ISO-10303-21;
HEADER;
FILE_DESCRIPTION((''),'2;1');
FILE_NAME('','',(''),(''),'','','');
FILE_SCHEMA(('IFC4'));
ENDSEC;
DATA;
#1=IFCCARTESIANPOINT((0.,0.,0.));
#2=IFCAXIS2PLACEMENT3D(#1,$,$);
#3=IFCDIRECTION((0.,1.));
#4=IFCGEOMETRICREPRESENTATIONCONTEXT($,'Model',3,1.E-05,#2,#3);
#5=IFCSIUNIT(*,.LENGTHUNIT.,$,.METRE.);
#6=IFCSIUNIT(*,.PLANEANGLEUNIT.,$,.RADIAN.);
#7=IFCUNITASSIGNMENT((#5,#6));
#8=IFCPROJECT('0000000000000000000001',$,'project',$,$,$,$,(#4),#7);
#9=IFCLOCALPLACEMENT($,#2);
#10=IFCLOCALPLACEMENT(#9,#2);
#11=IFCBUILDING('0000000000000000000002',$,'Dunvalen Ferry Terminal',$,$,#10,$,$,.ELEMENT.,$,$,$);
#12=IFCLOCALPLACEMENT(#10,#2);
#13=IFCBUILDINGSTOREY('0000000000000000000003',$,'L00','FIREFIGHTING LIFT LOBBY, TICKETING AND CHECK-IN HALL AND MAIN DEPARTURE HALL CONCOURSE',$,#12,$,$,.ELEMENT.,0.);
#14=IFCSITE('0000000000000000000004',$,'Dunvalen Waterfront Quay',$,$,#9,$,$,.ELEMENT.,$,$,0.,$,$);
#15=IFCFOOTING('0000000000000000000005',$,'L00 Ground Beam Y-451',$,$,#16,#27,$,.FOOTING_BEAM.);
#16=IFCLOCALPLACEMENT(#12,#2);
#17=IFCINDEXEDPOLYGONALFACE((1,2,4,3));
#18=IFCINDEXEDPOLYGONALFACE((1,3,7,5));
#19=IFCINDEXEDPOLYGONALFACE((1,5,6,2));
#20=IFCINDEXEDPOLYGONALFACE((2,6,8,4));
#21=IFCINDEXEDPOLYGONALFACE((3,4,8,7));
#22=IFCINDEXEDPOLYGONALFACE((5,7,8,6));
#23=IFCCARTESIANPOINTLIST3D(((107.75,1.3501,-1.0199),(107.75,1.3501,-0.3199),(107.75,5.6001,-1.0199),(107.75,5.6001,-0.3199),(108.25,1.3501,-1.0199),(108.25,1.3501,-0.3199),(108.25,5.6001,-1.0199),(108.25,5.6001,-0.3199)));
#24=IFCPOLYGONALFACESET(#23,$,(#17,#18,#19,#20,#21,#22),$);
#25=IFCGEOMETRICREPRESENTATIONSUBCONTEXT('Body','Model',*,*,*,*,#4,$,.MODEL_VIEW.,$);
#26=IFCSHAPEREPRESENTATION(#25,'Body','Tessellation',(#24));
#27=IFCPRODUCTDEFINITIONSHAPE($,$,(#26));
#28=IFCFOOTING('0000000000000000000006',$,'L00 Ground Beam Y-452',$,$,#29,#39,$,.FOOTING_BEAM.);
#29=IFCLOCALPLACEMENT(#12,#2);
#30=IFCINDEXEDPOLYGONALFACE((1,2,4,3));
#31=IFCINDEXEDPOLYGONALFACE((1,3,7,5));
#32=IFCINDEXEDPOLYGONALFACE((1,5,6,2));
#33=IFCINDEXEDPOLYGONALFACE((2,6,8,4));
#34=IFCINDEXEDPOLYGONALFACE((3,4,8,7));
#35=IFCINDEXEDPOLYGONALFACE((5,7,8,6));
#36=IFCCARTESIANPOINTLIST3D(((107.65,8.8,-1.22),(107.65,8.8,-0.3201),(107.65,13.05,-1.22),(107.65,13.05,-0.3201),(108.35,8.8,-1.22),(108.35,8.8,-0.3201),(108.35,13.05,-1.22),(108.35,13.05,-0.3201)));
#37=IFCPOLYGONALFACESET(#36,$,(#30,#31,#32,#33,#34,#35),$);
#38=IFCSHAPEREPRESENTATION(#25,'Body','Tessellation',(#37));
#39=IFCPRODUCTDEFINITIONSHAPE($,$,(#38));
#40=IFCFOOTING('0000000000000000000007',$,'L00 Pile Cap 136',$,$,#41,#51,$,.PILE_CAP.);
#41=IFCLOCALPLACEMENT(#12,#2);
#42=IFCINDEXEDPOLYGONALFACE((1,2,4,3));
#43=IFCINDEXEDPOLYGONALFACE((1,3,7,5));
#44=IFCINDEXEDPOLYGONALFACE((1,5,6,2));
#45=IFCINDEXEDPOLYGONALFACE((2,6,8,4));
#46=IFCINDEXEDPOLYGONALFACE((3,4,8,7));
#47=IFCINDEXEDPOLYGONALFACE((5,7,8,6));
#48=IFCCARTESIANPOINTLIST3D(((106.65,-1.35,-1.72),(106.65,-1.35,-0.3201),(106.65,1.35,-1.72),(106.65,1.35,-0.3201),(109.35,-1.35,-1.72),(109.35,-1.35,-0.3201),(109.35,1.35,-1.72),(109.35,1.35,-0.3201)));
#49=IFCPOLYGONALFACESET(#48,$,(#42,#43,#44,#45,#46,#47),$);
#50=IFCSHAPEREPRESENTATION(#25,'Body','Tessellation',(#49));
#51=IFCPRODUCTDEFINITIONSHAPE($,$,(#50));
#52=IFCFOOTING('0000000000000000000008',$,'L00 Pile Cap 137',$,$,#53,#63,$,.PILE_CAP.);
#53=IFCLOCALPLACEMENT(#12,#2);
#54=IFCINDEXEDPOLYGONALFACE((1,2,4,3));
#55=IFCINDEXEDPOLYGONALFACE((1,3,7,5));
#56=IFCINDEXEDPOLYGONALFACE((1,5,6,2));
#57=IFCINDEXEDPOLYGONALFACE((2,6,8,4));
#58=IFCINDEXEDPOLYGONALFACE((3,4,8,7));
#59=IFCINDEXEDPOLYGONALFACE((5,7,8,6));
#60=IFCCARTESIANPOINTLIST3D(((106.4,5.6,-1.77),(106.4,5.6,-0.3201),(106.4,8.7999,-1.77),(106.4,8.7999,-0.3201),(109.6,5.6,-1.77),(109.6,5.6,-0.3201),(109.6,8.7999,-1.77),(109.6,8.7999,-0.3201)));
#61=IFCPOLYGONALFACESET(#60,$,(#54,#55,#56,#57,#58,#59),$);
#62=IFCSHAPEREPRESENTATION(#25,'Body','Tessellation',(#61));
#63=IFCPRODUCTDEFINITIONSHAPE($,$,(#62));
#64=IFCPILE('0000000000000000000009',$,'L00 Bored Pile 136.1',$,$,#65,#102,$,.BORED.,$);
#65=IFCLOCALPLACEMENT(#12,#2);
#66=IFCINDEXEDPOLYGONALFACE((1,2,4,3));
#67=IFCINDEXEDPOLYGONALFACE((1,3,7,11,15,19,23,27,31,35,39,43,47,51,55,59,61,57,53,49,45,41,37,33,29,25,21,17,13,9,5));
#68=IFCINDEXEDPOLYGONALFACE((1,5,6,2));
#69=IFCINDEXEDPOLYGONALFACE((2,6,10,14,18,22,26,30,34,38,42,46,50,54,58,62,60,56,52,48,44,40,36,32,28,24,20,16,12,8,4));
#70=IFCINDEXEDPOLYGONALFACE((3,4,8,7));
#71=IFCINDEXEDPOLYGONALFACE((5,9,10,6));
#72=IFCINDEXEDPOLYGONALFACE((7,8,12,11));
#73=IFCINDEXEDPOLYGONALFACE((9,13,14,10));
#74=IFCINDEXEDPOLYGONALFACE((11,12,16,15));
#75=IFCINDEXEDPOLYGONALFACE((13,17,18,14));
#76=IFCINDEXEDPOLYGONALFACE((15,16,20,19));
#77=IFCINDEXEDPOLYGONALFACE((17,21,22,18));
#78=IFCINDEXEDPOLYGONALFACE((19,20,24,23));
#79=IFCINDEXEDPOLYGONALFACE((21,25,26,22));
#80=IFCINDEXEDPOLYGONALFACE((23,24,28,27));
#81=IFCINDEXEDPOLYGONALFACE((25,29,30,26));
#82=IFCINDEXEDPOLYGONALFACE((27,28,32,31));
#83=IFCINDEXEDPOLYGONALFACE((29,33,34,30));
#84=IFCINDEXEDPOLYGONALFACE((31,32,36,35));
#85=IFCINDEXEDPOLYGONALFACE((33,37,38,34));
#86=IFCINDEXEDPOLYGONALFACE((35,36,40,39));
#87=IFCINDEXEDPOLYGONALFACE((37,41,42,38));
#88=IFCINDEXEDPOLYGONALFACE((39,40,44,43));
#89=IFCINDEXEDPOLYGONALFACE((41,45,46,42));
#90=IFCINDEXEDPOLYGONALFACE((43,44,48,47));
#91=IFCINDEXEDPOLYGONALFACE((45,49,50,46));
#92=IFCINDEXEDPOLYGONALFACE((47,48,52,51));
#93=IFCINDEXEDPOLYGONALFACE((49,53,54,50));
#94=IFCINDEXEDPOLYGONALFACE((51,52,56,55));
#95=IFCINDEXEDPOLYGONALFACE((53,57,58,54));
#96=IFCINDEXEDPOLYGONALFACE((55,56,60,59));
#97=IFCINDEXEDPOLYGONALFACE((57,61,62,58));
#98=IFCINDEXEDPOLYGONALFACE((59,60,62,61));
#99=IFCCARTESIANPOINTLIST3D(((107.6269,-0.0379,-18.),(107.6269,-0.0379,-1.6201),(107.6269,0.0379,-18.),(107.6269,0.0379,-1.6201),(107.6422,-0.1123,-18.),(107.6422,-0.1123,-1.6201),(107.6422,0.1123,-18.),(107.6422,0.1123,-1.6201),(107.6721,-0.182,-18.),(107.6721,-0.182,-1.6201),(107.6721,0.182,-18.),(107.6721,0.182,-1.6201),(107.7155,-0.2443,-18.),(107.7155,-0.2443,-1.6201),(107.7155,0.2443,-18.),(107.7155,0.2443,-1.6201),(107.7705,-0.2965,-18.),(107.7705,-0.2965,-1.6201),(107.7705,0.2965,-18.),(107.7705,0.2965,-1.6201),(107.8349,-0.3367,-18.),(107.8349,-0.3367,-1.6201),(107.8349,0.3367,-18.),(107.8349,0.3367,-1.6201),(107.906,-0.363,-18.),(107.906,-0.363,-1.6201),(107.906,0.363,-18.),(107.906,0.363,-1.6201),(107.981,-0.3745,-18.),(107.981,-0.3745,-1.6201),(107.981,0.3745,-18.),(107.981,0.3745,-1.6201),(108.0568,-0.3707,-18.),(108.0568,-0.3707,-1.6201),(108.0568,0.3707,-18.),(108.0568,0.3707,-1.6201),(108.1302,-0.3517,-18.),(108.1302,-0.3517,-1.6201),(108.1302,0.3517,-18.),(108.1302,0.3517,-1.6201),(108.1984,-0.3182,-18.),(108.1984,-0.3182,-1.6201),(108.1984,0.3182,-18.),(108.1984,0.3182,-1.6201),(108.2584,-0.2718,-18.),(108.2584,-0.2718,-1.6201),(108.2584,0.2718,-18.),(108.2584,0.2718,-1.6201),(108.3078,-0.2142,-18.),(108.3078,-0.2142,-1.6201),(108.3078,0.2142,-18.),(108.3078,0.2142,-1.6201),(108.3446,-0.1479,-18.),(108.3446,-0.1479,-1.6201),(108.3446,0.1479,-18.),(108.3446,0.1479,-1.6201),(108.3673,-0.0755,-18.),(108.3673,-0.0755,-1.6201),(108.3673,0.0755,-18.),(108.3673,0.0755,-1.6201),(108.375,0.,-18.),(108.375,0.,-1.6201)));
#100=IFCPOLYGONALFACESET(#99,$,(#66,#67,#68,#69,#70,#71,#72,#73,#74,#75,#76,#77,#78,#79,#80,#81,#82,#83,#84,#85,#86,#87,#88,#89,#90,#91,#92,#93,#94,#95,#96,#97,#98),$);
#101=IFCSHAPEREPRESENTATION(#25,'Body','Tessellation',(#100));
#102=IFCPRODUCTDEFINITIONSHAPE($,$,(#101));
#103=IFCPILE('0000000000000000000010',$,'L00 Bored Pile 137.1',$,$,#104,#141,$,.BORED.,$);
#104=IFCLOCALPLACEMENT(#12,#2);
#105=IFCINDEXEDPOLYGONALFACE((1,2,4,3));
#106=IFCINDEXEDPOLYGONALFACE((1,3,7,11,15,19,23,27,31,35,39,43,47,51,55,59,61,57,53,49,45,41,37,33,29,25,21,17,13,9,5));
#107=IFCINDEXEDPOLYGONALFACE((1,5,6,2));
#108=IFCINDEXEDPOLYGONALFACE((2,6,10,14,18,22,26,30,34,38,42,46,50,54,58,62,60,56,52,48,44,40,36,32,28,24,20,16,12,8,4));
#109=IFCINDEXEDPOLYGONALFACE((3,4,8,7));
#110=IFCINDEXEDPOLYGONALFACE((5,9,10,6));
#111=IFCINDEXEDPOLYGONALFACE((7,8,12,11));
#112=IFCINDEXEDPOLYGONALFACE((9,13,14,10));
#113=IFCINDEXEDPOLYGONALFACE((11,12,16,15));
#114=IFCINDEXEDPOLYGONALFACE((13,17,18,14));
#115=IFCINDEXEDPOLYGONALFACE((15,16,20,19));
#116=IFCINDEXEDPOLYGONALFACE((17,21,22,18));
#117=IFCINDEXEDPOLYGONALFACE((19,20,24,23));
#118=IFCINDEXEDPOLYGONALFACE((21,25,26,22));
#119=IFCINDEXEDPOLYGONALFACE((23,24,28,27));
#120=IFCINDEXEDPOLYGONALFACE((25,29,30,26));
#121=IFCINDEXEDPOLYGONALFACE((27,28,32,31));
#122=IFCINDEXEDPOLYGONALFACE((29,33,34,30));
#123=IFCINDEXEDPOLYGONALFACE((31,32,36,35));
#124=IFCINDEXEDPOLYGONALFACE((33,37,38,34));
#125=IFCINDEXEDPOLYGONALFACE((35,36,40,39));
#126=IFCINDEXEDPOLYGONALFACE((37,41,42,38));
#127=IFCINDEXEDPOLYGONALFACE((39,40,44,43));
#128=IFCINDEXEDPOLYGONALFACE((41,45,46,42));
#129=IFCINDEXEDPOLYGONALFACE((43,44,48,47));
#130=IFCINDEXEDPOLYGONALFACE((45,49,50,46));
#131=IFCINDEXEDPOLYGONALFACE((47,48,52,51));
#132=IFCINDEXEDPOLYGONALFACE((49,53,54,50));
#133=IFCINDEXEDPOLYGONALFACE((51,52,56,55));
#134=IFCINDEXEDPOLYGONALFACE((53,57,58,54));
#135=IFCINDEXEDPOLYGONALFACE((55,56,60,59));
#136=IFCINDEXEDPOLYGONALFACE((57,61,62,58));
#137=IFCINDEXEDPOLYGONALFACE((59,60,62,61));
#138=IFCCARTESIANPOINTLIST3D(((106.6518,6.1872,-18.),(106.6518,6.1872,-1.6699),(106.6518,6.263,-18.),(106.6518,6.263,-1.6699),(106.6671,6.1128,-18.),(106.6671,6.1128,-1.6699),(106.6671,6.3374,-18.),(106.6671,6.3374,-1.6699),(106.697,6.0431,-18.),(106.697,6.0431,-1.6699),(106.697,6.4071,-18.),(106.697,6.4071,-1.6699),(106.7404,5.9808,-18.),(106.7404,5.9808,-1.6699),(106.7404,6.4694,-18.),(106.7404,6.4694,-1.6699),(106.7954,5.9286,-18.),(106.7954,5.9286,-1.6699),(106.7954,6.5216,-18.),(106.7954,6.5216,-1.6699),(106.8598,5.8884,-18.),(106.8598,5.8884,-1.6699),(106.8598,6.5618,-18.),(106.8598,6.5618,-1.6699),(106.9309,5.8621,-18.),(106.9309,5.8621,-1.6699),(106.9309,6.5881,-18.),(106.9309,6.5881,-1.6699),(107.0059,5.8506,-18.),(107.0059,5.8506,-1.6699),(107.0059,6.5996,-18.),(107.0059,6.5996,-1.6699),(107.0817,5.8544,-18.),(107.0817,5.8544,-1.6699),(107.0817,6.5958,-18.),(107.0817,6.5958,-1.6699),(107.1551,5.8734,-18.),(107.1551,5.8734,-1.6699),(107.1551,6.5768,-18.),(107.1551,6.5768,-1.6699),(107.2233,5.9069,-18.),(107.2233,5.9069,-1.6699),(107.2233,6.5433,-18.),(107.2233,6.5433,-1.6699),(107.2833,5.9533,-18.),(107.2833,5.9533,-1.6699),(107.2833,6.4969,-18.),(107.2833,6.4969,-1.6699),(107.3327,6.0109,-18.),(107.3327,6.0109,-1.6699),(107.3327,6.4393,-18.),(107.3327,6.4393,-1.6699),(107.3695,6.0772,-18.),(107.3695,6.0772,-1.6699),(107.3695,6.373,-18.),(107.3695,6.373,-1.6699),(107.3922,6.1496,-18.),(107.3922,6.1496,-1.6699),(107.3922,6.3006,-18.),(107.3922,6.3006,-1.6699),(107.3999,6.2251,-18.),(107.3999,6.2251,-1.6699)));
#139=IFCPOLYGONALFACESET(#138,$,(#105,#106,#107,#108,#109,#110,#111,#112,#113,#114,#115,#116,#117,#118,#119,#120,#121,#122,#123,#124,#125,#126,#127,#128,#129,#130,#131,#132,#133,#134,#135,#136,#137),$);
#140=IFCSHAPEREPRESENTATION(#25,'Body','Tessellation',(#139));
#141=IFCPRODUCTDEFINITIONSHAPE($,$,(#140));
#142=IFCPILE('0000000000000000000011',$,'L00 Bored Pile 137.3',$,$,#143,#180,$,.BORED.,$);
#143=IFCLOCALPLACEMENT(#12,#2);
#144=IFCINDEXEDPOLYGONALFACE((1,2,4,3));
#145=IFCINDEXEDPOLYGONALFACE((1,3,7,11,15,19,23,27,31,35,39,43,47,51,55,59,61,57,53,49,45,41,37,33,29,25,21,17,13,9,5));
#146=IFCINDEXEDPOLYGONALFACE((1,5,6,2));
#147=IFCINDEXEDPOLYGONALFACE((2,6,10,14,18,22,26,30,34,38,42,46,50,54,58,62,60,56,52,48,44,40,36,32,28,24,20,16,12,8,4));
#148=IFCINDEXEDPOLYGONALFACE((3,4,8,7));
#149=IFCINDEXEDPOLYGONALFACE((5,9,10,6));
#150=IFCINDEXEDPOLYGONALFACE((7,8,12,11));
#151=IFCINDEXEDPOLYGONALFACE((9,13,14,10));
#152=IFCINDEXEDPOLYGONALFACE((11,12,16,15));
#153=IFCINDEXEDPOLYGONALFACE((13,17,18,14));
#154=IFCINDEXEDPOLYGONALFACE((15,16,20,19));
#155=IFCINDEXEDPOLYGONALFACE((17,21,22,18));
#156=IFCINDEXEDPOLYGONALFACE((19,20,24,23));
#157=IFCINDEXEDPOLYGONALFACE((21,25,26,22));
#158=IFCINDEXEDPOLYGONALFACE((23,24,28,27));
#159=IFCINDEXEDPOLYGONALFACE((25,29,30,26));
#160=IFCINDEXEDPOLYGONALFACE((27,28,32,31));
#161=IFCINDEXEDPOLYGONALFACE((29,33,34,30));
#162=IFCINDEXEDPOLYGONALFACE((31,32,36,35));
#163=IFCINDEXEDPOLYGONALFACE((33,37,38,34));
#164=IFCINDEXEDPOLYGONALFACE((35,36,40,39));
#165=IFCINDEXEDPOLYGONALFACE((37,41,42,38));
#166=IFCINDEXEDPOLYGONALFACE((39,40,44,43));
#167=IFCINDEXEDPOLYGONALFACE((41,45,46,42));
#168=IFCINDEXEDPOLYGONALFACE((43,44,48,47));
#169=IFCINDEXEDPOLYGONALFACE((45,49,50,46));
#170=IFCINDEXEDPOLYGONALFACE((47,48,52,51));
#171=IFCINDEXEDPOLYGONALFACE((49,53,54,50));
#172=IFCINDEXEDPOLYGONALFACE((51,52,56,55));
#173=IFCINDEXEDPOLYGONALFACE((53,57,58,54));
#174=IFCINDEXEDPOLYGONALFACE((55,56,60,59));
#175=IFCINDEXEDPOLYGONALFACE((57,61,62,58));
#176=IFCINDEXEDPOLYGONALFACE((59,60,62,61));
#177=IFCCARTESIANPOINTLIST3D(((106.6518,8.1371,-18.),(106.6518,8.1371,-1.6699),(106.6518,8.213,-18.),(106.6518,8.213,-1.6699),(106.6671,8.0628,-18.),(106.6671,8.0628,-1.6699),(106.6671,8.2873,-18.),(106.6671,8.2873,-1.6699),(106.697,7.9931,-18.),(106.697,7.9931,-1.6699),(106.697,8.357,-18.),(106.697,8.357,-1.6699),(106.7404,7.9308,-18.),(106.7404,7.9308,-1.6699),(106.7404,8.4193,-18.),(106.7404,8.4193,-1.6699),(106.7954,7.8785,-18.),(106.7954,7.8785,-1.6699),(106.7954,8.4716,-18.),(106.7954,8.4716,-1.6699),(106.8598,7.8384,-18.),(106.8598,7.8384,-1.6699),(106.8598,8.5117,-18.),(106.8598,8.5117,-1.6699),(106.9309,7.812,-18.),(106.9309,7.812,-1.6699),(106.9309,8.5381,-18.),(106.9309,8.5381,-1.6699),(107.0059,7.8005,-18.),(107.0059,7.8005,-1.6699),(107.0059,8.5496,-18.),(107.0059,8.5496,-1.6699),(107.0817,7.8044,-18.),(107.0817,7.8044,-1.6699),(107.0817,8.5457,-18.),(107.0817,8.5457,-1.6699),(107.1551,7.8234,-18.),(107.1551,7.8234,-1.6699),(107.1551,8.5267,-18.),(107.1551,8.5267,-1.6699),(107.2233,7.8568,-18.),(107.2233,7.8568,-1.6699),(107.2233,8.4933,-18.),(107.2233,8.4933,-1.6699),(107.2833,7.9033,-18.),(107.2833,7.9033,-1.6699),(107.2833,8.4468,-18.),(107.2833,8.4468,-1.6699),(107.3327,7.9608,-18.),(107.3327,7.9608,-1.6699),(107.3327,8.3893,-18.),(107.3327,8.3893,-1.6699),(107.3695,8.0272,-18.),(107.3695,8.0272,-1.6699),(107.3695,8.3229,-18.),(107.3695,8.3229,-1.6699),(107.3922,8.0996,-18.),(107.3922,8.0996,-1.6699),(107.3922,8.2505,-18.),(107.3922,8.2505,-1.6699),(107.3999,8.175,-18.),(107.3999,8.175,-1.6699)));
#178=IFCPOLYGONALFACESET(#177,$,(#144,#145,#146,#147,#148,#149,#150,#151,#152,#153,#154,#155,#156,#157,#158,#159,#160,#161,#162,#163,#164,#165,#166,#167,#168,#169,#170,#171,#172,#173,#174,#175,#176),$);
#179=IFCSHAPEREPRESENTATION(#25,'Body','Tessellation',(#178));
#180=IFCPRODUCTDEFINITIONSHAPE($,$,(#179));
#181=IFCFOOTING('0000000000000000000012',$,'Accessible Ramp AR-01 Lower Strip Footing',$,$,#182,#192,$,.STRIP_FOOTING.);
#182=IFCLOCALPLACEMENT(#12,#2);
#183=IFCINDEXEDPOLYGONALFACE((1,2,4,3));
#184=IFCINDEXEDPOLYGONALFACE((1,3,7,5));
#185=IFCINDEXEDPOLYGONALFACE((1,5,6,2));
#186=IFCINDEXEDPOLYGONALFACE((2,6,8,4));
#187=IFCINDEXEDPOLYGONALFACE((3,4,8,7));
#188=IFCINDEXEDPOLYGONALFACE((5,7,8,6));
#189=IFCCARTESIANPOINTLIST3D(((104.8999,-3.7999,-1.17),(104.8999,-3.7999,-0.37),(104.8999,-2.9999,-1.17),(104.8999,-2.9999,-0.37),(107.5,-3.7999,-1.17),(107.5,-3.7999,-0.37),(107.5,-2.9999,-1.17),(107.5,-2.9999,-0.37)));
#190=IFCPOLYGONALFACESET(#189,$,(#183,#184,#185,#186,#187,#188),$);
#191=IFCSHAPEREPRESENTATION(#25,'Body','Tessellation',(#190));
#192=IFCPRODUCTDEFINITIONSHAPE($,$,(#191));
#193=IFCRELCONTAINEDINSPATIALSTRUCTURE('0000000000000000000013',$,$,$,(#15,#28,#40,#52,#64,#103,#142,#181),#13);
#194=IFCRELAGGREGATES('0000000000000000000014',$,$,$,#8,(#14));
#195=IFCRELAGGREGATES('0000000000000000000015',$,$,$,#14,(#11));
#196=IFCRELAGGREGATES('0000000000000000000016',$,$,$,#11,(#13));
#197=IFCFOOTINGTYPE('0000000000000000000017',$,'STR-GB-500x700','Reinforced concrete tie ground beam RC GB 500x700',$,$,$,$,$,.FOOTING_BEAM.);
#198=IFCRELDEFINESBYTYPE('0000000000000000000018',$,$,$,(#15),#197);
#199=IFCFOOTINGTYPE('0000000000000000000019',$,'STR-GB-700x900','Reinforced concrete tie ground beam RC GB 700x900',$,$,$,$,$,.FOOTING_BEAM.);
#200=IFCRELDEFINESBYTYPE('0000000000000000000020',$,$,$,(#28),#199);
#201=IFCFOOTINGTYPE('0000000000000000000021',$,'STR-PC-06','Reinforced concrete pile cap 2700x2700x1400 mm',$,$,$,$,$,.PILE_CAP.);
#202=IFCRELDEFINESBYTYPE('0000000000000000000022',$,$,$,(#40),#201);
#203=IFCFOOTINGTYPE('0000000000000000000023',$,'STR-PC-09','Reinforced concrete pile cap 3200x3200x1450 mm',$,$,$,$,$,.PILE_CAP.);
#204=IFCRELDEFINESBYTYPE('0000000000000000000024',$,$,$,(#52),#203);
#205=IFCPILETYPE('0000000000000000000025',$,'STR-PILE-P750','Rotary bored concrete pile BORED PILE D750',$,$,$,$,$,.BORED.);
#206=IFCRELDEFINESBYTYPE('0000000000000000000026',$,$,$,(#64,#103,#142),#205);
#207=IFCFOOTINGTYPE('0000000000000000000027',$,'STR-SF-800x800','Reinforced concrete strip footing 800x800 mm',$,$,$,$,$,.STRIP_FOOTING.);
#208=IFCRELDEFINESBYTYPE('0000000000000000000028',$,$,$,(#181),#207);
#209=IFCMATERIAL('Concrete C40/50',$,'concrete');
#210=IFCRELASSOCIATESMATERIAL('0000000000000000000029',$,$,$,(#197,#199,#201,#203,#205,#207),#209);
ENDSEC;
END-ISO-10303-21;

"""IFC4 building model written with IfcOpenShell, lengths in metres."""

from ifc_helpers import new_model, si_unit, direction, frame, origin, origin_2d, place, context, subcontext, project, spatial, rectangle, circle, extrude, material, material_profile, profile_set, type_object, element, save


model = new_model("IFC4")

# Units and contexts
model_context = context("Model", 3, precision=1e-05, world=origin(), true_north=direction((0.0, 1.0)))
body_context = subcontext(model_context, "Body", "Model", "MODEL_VIEW")
ifc_project = project(units=[si_unit("LENGTHUNIT", "METRE"), si_unit("PLANEANGLEUNIT", "RADIAN")], contexts=[model_context])

# Site, building, storey
site_placement = place(None, origin())
site = spatial("IfcSite", under=ifc_project, at=site_placement, Name="Dunvalen Waterfront Quay", CompositionType="ELEMENT", RefElevation=0.0)
building_placement = place(site_placement, origin())
building = spatial("IfcBuilding", under=site, at=building_placement, Name="Dunvalen Ferry Terminal", CompositionType="ELEMENT")
storey_placement = place(building_placement, origin())
storey = spatial("IfcBuildingStorey", under=building, at=storey_placement, Name="L00", Description="FIREFIGHTING LIFT LOBBY, TICKETING AND CHECK-IN HALL AND MAIN DEPARTURE HALL CONCOURSE", CompositionType="ELEMENT", Elevation=0.0)

# Footings
ifc_material_1 = material(Name="Concrete C40/50", Category="concrete")
ifc_material_profile_1 = material_profile(ifc_material_1, rectangle(XDim=0.5, YDim=0.7, at=origin_2d()), Name="Concrete C40/50")
ifc_profile_set_1 = profile_set([ifc_material_profile_1], Name="Concrete C40/50")
footing_type_1 = type_object("IfcFootingType", Name="STR-GB-500x700", Description="Reinforced concrete tie ground beam RC GB 500x700", PredefinedType="FOOTING_BEAM", material=ifc_profile_set_1)
footing_1_placement = place(storey_placement, frame((108.0, 1.3501, -0.6699), z_axis=(0.0, 1.0, 0.0), x_axis=(-1.0, 0.0, 0.0)))
element("IfcFooting", 1, at=footing_1_placement, inside=storey, type_object=footing_type_1, Name="L00 Ground Beam Y-451", PredefinedType="FOOTING_BEAM", context=body_context, shape_type="SweptSolid", body=[
    extrude(rectangle(XDim=0.5, YDim=0.7, at=origin_2d()), origin(), (0.0, 0.0, 1.0), 4.25),
])
ifc_material_profile_2 = material_profile(ifc_material_1, rectangle(XDim=0.7, YDim=0.8999, at=origin_2d()), Name="Concrete C40/50")
ifc_profile_set_2 = profile_set([ifc_material_profile_2], Name="Concrete C40/50")
footing_type_2 = type_object("IfcFootingType", Name="STR-GB-700x900", Description="Reinforced concrete tie ground beam RC GB 700x900", PredefinedType="FOOTING_BEAM", material=ifc_profile_set_2)
footing_2_placement = place(storey_placement, frame((108.0, 8.8, -0.77), z_axis=(0.0, 1.0, 0.0), x_axis=(-1.0, 0.0, 0.0)))
element("IfcFooting", 2, at=footing_2_placement, inside=storey, type_object=footing_type_2, Name="L00 Ground Beam Y-452", PredefinedType="FOOTING_BEAM", context=body_context, shape_type="SweptSolid", body=[
    extrude(rectangle(XDim=0.7, YDim=0.8999, at=origin_2d()), origin(), (0.0, 0.0, 1.0), 4.25),
])
footing_type_3 = type_object("IfcFootingType", Name="STR-PC-06", Description="Reinforced concrete pile cap 2700x2700x1400 mm", PredefinedType="PILE_CAP", material=ifc_material_1)
footing_3_placement = place(storey_placement, frame((108.0, 0.0, -1.72), z_axis=(0.0, 0.0, 1.0), x_axis=(1.0, 0.0, 0.0)))
element("IfcFooting", 3, at=footing_3_placement, inside=storey, type_object=footing_type_3, Name="L00 Pile Cap 136", PredefinedType="PILE_CAP", context=body_context, shape_type="SweptSolid", body=[
    extrude(rectangle(XDim=2.7, YDim=2.7, at=origin_2d()), origin(), (0.0, 0.0, 1.0), 1.3999),
])
footing_type_4 = type_object("IfcFootingType", Name="STR-PC-09", Description="Reinforced concrete pile cap 3200x3200x1450 mm", PredefinedType="PILE_CAP", material=ifc_material_1)
footing_4_placement = place(storey_placement, frame((108.0, 7.2, -1.77), z_axis=(0.0, 0.0, 1.0), x_axis=(1.0, 0.0, 0.0)))
element("IfcFooting", 4, at=footing_4_placement, inside=storey, type_object=footing_type_4, Name="L00 Pile Cap 137", PredefinedType="PILE_CAP", context=body_context, shape_type="SweptSolid", body=[
    extrude(rectangle(XDim=3.2, YDim=3.2, at=origin_2d()), origin(), (0.0, 0.0, 1.0), 1.45),
])

# Piles
ifc_material_profile_3 = material_profile(ifc_material_1, circle(Radius=0.375, at=origin_2d()), Name="Concrete C40/50")
ifc_profile_set_3 = profile_set([ifc_material_profile_3], Name="Concrete C40/50")
pile_type = type_object("IfcPileType", Name="STR-PILE-P750", Description="Rotary bored concrete pile BORED PILE D750", PredefinedType="BORED", material=ifc_profile_set_3)
pile_placement = place(storey_placement, frame((108.0, 0.0, -1.6201), z_axis=(0.0, 0.0, -1.0), x_axis=(1.0, 0.0, 0.0)))
element("IfcPile", 5, at=pile_placement, inside=storey, type_object=pile_type, Name="L00 Bored Pile 136.1", PredefinedType="BORED", context=body_context, shape_type="SweptSolid", body=[
    extrude(circle(Radius=0.375, at=origin_2d()), origin(), (0.0, 0.0, 1.0), 16.3799),
])
for number, where, z_axis, x_axis, name in (
    (6, (107.0249, 6.2251, -1.6699), (0.0, 0.0, -1.0), (1.0, 0.0, 0.0), "L00 Bored Pile 137.1"),
    (7, (107.0249, 8.175, -1.6699), (0.0, 0.0, -1.0), (1.0, 0.0, 0.0), "L00 Bored Pile 137.3"),
):
    element("IfcPile", number, at=place(storey_placement, frame(where, z_axis=z_axis, x_axis=x_axis)), inside=storey, type_object=pile_type, Name=name, PredefinedType="BORED", context=body_context, shape_type="SweptSolid", body=[
        extrude(circle(Radius=0.375, at=origin_2d()), origin(), (0.0, 0.0, 1.0), 16.3301),
    ])

# Footing
ifc_material_profile_4 = material_profile(ifc_material_1, rectangle(XDim=0.8, YDim=0.8, at=origin_2d()), Name="Concrete C40/50")
ifc_profile_set_4 = profile_set([ifc_material_profile_4], Name="Concrete C40/50")
footing_type_5 = type_object("IfcFootingType", Name="STR-SF-800x800", Description="Reinforced concrete strip footing 800x800 mm", PredefinedType="STRIP_FOOTING", material=ifc_profile_set_4)
for number, where, z_axis, x_axis, name in (
    (8, (104.8999, -3.3999, -0.77), (1.0, 0.0, 0.0), (0.0, 1.0, 0.0), "Accessible Ramp AR-01 Lower Strip Footing"),
):
    element("IfcFooting", number, at=place(storey_placement, frame(where, z_axis=z_axis, x_axis=x_axis)), inside=storey, type_object=footing_type_5, Name=name, PredefinedType="STRIP_FOOTING", context=body_context, shape_type="SweptSolid", body=[
        extrude(rectangle(XDim=0.8, YDim=0.8, at=origin_2d()), origin(), (0.0, 0.0, 1.0), 2.6001),
    ])

save(model, "model.ifc")
